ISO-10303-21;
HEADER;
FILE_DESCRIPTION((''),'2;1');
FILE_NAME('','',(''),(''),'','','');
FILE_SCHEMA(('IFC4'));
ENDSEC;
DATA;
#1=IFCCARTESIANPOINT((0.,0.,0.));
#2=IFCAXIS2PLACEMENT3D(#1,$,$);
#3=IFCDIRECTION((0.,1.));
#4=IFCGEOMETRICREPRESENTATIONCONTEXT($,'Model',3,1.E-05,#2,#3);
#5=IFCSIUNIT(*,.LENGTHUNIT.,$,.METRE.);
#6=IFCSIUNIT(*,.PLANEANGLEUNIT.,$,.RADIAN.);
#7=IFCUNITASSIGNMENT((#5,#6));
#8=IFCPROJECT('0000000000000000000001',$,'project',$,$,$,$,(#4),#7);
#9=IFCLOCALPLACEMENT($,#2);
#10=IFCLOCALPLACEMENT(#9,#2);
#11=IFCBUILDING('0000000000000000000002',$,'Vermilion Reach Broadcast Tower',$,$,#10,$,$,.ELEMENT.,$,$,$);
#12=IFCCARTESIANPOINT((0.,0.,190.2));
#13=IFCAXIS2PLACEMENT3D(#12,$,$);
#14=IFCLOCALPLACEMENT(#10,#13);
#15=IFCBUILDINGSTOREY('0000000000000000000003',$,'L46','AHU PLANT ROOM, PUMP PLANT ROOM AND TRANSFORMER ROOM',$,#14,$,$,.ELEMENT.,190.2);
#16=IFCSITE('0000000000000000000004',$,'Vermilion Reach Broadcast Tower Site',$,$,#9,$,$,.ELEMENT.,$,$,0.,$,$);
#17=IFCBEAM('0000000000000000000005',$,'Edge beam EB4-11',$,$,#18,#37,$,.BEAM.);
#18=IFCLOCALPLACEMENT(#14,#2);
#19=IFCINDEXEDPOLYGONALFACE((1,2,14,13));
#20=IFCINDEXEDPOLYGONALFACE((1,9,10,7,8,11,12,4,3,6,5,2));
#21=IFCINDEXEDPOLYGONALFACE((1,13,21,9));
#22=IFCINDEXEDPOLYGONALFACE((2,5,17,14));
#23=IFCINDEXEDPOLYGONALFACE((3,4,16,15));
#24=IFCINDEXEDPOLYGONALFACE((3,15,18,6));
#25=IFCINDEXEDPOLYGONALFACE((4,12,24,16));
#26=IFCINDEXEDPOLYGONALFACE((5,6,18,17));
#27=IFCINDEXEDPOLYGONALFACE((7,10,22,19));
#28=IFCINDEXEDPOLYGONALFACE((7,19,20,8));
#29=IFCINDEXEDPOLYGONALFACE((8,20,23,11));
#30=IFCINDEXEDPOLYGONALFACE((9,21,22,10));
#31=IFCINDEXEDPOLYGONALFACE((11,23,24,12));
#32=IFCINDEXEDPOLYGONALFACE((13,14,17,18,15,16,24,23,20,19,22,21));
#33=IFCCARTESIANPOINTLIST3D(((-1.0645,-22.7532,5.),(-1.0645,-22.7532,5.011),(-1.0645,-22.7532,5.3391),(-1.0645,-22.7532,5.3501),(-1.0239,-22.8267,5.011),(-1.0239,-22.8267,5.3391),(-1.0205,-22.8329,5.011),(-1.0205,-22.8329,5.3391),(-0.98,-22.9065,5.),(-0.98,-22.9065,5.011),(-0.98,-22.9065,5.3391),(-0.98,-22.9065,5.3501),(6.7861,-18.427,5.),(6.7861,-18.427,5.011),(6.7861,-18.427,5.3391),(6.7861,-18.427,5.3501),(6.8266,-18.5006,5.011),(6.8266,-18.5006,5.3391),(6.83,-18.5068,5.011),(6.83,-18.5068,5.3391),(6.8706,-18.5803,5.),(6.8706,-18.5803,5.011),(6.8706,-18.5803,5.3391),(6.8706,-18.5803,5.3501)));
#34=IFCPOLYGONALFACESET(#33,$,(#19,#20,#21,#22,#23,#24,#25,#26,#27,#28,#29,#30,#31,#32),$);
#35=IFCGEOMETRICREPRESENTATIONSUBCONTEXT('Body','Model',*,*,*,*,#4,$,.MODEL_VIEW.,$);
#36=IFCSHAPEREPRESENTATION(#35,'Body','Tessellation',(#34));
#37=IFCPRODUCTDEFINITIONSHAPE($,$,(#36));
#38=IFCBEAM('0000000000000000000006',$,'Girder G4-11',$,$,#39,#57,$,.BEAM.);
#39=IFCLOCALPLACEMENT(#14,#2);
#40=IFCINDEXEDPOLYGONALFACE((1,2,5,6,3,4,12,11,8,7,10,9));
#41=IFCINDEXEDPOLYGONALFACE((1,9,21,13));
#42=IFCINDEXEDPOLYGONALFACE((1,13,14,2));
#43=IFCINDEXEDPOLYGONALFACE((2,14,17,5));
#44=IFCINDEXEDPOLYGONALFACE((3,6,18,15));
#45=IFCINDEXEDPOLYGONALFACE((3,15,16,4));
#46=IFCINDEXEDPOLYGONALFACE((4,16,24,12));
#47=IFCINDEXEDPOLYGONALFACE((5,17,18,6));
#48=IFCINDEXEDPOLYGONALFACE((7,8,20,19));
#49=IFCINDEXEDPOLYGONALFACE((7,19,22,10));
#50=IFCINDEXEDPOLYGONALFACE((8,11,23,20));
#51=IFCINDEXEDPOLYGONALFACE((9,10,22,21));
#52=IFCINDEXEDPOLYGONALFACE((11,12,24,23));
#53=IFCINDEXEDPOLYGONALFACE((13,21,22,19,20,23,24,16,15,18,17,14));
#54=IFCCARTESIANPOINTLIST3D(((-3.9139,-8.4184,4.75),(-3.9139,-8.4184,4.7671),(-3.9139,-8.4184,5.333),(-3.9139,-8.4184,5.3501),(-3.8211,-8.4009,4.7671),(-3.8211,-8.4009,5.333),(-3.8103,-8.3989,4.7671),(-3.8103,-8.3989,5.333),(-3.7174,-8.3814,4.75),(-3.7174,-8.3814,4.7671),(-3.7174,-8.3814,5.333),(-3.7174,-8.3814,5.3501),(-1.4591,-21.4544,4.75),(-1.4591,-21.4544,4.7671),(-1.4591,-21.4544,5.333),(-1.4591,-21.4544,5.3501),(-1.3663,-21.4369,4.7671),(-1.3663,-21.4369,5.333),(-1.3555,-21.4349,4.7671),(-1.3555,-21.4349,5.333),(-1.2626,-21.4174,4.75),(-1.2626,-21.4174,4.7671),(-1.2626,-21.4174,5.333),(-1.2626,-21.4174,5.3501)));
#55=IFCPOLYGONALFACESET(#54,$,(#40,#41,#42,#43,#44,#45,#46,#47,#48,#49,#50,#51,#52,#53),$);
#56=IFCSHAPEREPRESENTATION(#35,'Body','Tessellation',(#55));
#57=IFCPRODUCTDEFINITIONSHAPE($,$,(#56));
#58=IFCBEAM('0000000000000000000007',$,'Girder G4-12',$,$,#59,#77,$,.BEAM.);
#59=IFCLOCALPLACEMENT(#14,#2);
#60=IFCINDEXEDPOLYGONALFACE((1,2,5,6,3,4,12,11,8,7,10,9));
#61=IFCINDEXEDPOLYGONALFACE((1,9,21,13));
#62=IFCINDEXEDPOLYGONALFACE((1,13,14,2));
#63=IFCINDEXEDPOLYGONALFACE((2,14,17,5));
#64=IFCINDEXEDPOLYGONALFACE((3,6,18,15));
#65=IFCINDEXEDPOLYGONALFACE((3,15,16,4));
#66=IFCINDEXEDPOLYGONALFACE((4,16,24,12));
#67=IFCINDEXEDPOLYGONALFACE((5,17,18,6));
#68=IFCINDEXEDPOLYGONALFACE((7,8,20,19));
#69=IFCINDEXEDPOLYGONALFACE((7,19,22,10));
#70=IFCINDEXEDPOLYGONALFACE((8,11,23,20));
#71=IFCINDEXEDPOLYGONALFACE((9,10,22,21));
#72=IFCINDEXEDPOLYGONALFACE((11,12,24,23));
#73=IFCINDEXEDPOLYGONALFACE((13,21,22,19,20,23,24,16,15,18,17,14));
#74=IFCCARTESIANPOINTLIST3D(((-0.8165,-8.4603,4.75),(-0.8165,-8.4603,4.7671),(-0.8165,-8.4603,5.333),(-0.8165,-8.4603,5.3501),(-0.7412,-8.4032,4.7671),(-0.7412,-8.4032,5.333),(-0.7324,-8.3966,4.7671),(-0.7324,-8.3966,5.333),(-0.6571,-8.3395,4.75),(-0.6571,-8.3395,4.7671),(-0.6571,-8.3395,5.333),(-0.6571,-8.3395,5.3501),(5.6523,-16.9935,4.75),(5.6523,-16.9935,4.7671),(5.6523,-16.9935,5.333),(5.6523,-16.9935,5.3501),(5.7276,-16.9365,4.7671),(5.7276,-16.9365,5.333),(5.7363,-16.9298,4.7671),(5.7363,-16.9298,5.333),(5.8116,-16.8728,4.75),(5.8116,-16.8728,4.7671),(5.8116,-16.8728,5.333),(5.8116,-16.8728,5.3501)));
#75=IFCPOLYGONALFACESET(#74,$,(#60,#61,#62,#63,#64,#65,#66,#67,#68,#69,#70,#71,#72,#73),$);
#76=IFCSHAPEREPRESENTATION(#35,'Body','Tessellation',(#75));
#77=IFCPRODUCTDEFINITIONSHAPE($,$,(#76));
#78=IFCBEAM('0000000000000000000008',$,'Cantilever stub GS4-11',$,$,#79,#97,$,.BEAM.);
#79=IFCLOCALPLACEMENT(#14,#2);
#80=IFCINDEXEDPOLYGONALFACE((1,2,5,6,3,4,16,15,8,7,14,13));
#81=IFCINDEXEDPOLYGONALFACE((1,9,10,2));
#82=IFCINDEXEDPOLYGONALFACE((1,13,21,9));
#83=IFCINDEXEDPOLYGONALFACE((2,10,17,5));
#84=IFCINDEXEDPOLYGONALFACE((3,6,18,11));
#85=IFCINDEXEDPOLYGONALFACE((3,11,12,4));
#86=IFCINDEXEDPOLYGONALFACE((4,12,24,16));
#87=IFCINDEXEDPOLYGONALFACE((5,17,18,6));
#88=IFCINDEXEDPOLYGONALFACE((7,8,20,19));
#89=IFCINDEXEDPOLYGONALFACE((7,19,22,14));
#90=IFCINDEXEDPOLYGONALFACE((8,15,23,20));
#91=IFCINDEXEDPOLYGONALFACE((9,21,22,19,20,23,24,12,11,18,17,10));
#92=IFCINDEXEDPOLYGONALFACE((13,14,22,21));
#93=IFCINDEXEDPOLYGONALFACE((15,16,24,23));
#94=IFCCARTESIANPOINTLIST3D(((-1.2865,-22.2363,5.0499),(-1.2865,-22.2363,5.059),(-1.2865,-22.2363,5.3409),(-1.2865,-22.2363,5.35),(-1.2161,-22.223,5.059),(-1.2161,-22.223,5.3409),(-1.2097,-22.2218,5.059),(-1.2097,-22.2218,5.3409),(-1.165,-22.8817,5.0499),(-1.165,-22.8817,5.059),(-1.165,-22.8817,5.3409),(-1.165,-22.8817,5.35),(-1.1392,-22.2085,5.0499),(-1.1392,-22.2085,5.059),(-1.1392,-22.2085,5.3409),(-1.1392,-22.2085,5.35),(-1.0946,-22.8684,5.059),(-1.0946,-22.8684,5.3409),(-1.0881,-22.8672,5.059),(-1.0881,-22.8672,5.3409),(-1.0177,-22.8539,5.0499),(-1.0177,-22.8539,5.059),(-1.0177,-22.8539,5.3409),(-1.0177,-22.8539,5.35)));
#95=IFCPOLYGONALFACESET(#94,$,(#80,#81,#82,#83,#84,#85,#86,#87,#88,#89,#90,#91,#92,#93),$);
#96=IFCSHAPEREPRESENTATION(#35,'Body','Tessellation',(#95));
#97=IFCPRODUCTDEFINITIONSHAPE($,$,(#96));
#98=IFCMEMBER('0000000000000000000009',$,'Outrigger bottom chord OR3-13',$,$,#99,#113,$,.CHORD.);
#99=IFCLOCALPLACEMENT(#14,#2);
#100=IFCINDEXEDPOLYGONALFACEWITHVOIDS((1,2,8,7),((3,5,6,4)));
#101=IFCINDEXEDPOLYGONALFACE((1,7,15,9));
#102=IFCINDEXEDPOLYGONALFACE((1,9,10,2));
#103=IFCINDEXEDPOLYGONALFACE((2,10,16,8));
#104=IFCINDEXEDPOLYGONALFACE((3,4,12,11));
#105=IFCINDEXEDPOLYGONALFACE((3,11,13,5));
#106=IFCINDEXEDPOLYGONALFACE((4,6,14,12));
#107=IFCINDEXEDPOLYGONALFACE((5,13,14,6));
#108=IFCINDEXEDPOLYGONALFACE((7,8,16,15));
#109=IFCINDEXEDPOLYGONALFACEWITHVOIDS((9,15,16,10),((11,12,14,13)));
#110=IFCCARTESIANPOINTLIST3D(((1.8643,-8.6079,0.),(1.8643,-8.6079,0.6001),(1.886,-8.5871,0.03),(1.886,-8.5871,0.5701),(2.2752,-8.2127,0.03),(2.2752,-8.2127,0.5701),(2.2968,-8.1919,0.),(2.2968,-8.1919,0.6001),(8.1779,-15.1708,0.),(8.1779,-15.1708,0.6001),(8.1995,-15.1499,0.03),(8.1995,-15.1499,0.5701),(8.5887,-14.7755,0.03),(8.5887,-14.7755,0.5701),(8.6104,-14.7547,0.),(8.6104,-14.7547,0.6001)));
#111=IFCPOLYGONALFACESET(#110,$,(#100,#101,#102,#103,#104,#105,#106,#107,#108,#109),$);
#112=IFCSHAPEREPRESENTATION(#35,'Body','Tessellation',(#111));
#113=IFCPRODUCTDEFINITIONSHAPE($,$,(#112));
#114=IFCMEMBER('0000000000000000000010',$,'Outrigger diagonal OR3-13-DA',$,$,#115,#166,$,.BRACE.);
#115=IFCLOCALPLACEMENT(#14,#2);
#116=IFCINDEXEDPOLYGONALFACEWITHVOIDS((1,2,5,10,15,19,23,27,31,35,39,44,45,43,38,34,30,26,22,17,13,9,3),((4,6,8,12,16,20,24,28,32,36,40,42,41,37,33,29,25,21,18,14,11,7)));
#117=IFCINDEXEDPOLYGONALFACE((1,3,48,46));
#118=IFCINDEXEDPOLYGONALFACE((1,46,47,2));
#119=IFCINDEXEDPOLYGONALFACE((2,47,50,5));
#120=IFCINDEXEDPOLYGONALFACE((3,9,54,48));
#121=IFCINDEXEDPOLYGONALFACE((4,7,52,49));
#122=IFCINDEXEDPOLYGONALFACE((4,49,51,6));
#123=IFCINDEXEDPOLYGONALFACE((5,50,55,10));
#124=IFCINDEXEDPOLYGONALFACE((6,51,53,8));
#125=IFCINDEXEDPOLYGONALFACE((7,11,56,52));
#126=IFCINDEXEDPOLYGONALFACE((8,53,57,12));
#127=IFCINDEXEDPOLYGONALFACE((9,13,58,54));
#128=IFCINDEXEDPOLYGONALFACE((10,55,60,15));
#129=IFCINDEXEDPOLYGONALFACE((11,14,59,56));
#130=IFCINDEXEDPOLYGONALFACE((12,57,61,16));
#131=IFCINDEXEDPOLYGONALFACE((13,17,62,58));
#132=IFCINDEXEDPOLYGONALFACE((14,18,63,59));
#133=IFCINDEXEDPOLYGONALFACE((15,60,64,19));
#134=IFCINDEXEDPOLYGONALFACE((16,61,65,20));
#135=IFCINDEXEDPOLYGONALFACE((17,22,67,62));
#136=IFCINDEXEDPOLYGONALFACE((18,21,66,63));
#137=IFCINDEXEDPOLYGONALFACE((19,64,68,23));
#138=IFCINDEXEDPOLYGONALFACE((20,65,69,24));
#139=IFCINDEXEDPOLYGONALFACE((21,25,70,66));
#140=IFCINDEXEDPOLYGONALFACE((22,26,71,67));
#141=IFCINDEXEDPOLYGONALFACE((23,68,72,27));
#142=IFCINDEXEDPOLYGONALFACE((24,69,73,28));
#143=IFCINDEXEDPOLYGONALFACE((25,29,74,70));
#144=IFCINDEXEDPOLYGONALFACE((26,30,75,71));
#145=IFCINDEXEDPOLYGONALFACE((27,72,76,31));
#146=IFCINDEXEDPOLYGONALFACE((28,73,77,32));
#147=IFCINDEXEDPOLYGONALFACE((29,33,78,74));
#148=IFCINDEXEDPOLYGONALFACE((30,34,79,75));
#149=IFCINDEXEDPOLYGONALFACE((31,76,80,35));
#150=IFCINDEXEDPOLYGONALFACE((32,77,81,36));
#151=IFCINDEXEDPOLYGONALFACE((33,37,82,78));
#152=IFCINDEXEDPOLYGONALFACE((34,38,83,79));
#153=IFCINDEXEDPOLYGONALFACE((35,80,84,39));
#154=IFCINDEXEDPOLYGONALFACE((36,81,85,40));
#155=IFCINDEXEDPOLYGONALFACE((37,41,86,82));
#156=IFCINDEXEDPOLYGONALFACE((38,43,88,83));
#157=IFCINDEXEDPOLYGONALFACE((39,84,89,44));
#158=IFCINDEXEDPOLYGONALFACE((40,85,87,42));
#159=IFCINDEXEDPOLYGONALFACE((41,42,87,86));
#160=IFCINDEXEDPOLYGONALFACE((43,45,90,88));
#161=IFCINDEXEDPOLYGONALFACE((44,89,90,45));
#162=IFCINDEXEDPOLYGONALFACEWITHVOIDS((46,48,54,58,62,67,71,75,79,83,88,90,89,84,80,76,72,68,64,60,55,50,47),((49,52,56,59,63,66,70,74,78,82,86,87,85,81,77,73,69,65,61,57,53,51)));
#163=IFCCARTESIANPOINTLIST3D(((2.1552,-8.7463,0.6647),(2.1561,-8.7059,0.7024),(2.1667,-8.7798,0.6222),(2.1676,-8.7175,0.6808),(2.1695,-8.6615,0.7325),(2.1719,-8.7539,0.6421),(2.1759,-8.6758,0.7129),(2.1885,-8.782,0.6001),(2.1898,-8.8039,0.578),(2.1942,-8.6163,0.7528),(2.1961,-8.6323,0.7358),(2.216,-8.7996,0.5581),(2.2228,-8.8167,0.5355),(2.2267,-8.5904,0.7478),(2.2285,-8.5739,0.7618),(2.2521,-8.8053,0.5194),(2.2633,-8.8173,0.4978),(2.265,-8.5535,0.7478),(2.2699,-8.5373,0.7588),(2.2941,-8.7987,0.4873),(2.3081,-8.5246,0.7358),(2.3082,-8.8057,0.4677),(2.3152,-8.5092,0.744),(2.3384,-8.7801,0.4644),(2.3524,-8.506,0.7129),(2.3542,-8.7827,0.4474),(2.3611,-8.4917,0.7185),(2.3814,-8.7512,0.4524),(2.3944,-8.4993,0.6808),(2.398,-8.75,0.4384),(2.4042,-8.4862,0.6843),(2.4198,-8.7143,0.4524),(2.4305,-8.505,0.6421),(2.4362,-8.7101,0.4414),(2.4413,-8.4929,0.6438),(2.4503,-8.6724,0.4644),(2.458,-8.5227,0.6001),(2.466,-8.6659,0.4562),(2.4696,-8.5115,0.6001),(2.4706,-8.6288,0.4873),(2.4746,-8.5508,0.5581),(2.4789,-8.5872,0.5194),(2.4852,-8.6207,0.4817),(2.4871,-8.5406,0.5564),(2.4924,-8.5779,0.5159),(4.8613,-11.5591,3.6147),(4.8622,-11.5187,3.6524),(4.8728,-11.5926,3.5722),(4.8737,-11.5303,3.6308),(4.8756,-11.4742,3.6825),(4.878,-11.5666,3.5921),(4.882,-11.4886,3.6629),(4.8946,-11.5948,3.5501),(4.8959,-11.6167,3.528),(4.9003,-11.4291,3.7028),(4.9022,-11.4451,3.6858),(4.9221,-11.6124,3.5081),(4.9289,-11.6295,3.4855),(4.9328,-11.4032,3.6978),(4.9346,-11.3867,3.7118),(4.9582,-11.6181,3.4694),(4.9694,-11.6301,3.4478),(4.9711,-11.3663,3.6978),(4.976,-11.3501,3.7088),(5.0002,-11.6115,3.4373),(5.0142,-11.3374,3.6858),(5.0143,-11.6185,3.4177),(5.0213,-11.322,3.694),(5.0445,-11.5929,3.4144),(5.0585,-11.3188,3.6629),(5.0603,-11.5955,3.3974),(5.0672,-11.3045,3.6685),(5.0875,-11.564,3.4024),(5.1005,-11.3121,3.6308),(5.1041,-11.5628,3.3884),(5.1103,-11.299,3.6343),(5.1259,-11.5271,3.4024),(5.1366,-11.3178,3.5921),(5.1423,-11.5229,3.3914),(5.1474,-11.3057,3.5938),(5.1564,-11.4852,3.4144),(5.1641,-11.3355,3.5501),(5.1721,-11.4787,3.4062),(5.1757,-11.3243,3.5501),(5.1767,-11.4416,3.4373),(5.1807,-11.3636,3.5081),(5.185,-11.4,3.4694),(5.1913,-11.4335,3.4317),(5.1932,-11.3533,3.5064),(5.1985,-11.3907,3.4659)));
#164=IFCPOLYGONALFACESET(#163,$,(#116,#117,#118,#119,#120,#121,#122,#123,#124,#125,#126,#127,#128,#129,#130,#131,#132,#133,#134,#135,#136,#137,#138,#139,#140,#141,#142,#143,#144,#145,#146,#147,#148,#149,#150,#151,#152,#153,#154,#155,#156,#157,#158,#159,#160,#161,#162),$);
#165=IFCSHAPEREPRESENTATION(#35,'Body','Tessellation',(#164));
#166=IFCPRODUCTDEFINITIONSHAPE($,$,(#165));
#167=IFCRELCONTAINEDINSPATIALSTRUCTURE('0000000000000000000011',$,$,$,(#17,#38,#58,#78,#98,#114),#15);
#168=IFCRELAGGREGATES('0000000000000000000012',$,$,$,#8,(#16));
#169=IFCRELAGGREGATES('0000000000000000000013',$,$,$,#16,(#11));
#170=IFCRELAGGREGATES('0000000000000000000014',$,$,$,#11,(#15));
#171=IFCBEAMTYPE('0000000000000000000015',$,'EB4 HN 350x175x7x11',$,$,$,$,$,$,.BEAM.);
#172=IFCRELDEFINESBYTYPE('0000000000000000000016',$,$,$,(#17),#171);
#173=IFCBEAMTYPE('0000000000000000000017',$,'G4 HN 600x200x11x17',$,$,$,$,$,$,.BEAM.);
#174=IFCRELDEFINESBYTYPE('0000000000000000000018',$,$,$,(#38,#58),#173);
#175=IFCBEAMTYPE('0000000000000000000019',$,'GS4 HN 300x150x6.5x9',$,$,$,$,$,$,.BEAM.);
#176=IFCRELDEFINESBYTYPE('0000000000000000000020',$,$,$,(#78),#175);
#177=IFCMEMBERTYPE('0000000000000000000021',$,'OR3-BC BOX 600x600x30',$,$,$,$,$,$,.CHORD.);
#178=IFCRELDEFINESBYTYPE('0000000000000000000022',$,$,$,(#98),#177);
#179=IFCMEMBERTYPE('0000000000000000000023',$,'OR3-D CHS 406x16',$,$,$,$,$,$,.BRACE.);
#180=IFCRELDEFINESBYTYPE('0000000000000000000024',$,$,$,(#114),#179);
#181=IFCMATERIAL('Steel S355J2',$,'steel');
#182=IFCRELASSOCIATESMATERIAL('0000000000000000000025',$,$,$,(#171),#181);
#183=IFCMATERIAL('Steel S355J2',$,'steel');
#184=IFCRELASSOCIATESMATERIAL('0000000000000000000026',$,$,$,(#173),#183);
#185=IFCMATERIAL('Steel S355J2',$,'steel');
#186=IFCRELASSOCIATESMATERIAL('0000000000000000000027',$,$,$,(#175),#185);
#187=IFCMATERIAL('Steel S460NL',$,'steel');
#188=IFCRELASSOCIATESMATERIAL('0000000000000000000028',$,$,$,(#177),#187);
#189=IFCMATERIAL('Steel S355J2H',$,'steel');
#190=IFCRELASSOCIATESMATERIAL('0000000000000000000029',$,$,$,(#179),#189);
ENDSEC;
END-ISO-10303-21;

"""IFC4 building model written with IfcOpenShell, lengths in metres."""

from ifc_helpers import new_model, si_unit, direction, frame, origin, origin_2d, place, context, subcontext, project, spatial, hollow_rectangle, hollow_circle, i_section, extrude, material, material_profile, profile_set, type_object, element, save


model = new_model("IFC4")

# Units and contexts
model_context = context("Model", 3, precision=1e-05, world=origin(), true_north=direction((0.0, 1.0)))
body_context = subcontext(model_context, "Body", "Model", "MODEL_VIEW")
ifc_project = project(units=[si_unit("LENGTHUNIT", "METRE"), si_unit("PLANEANGLEUNIT", "RADIAN")], contexts=[model_context])

# Site, building, storey
site_placement = place(None, origin())
site = spatial("IfcSite", under=ifc_project, at=site_placement, Name="Vermilion Reach Broadcast Tower Site", CompositionType="ELEMENT", RefElevation=0.0)
building_placement = place(site_placement, origin())
building = spatial("IfcBuilding", under=site, at=building_placement, Name="Vermilion Reach Broadcast Tower", CompositionType="ELEMENT")
storey_placement = place(building_placement, frame((0.0, 0.0, 190.2)))
storey = spatial("IfcBuildingStorey", under=building, at=storey_placement, Name="L46", Description="AHU PLANT ROOM, PUMP PLANT ROOM AND TRANSFORMER ROOM", CompositionType="ELEMENT", Elevation=190.2)

# Beams
ifc_material_1 = material(Name="Steel S355J2", Category="steel")
ifc_material_profile_1 = material_profile(ifc_material_1, i_section(OverallWidth=0.175, OverallDepth=0.3501, WebThickness=0.0071, FlangeThickness=0.011, at=origin_2d()), Name="S355J2 HN 350x175x7x11")
ifc_profile_set_1 = profile_set([ifc_material_profile_1], Name="Steel S355J2")
beam_type_1 = type_object("IfcBeamType", Name="EB4 HN 350x175x7x11", PredefinedType="BEAM", material=ifc_profile_set_1)
beam_1_placement = place(storey_placement, frame((-1.0222, -22.8298, 5.175), z_axis=(0.875822, 0.482634, 0.0), x_axis=(-0.482634, 0.875822, 0.0)))
element("IfcBeam", 1, at=beam_1_placement, inside=storey, type_object=beam_type_1, Name="Edge beam EB4-11", PredefinedType="BEAM", context=body_context, shape_type="SweptSolid", body=[
    extrude(i_section(OverallWidth=0.175, OverallDepth=0.3501, WebThickness=0.0071, FlangeThickness=0.011, at=origin_2d()), origin(), (0.0, 0.0, 1.0), 8.9636),
])
ifc_material_2 = material(Name="Steel S355J2", Category="steel")
ifc_material_profile_2 = material_profile(ifc_material_2, i_section(OverallWidth=0.2, OverallDepth=0.6001, WebThickness=0.011, FlangeThickness=0.0171, at=origin_2d()), Name="S355J2 HN 600x200x11x17")
ifc_profile_set_2 = profile_set([ifc_material_profile_2], Name="Steel S355J2")
beam_type_2 = type_object("IfcBeamType", Name="G4 HN 600x200x11x17", PredefinedType="BEAM", material=ifc_profile_set_2)
beam_2_placement = place(storey_placement, frame((-3.8157, -8.3999, 5.05), z_axis=(0.185057, -0.982728, 0.0), x_axis=(0.982728, 0.185057, 0.0)))
element("IfcBeam", 2, at=beam_2_placement, inside=storey, type_object=beam_type_2, Name="Girder G4-11", PredefinedType="BEAM", context=body_context, shape_type="SweptSolid", body=[
    extrude(i_section(OverallWidth=0.2, OverallDepth=0.6001, WebThickness=0.011, FlangeThickness=0.0171, at=origin_2d()), origin(), (0.0, 0.0, 1.0), 13.2651),
])
beam_3_placement = place(storey_placement, frame((-0.7368, -8.3999, 5.05), z_axis=(0.604107, -0.796903, 0.0), x_axis=(0.796903, 0.604107, 0.0)))
element("IfcBeam", 3, at=beam_3_placement, inside=storey, type_object=beam_type_2, Name="Girder G4-12", PredefinedType="BEAM", context=body_context, shape_type="SweptSolid", body=[
    extrude(i_section(OverallWidth=0.2, OverallDepth=0.6001, WebThickness=0.011, FlangeThickness=0.0171, at=origin_2d()), origin(), (0.0, 0.0, 1.0), 10.708),
])
ifc_material_3 = material(Name="Steel S355J2", Category="steel")
ifc_material_profile_3 = material_profile(ifc_material_3, i_section(OverallWidth=0.1499, OverallDepth=0.3, WebThickness=0.0066, FlangeThickness=0.009, at=origin_2d()), Name="S355J2 HN 300x150x6.5x9")
ifc_profile_set_3 = profile_set([ifc_material_profile_3], Name="Steel S355J2")
beam_type_3 = type_object("IfcBeamType", Name="GS4 HN 300x150x6.5x9", PredefinedType="BEAM", material=ifc_profile_set_3)
beam_4_placement = place(storey_placement, frame((-1.2129, -22.2224, 5.2), z_axis=(0.185096, -0.98272, 0.0), x_axis=(0.98272, 0.185096, 0.0)))
element("IfcBeam", 4, at=beam_4_placement, inside=storey, type_object=beam_type_3, Name="Cantilever stub GS4-11", PredefinedType="BEAM", context=body_context, shape_type="SweptSolid", body=[
    extrude(i_section(OverallWidth=0.1499, OverallDepth=0.3, WebThickness=0.0066, FlangeThickness=0.009, at=origin_2d()), origin(), (0.0, 0.0, 1.0), 0.6567),
])

# Members
ifc_material_4 = material(Name="Steel S460NL", Category="steel")
ifc_material_profile_4 = material_profile(ifc_material_4, hollow_rectangle(XDim=0.6001, YDim=0.6001, WallThickness=0.03, at=origin_2d()), Name="S460NL BOX 600x600x30")
ifc_profile_set_4 = profile_set([ifc_material_profile_4], Name="Steel S460NL")
member_type_1 = type_object("IfcMemberType", Name="OR3-BC BOX 600x600x30", PredefinedType="CHORD", material=ifc_profile_set_4)
member_1_placement = place(storey_placement, frame((2.0806, -8.3999, 0.3), z_axis=(0.693288, -0.72066, 0.0), x_axis=(0.72066, 0.693288, 0.0)))
element("IfcMember", 5, at=member_1_placement, inside=storey, type_object=member_type_1, Name="Outrigger bottom chord OR3-13", PredefinedType="CHORD", context=body_context, shape_type="SweptSolid", body=[
    extrude(hollow_rectangle(XDim=0.6001, YDim=0.6001, WallThickness=0.03, at=origin_2d()), origin(), (0.0, 0.0, 1.0), 9.1067),
])
ifc_material_5 = material(Name="Steel S355J2H", Category="steel")
ifc_material_profile_5 = material_profile(ifc_material_5, hollow_circle(Radius=0.2031, WallThickness=0.0161, at=origin_2d()), Name="S355J2H CHS 406x16")
ifc_profile_set_5 = profile_set([ifc_material_profile_5], Name="Steel S355J2H")
member_type_2 = type_object("IfcMemberType", Name="OR3-D CHS 406x16", PredefinedType="BRACE", material=ifc_profile_set_5)
member_2_placement = place(storey_placement, frame((2.3232, -8.6523, 0.6001), z_axis=(0.553104, -0.57491, 0.602955), x_axis=(0.720642, 0.693307, 0.0)))
element("IfcMember", 6, at=member_2_placement, inside=storey, type_object=member_type_2, Name="Outrigger diagonal OR3-13-DA", PredefinedType="BRACE", context=body_context, shape_type="SweptSolid", body=[
    extrude(hollow_circle(Radius=0.2031, WallThickness=0.0161, at=origin_2d()), origin(), (0.0, 0.0, 1.0), 4.8926),
])

save(model, "model.ifc")
